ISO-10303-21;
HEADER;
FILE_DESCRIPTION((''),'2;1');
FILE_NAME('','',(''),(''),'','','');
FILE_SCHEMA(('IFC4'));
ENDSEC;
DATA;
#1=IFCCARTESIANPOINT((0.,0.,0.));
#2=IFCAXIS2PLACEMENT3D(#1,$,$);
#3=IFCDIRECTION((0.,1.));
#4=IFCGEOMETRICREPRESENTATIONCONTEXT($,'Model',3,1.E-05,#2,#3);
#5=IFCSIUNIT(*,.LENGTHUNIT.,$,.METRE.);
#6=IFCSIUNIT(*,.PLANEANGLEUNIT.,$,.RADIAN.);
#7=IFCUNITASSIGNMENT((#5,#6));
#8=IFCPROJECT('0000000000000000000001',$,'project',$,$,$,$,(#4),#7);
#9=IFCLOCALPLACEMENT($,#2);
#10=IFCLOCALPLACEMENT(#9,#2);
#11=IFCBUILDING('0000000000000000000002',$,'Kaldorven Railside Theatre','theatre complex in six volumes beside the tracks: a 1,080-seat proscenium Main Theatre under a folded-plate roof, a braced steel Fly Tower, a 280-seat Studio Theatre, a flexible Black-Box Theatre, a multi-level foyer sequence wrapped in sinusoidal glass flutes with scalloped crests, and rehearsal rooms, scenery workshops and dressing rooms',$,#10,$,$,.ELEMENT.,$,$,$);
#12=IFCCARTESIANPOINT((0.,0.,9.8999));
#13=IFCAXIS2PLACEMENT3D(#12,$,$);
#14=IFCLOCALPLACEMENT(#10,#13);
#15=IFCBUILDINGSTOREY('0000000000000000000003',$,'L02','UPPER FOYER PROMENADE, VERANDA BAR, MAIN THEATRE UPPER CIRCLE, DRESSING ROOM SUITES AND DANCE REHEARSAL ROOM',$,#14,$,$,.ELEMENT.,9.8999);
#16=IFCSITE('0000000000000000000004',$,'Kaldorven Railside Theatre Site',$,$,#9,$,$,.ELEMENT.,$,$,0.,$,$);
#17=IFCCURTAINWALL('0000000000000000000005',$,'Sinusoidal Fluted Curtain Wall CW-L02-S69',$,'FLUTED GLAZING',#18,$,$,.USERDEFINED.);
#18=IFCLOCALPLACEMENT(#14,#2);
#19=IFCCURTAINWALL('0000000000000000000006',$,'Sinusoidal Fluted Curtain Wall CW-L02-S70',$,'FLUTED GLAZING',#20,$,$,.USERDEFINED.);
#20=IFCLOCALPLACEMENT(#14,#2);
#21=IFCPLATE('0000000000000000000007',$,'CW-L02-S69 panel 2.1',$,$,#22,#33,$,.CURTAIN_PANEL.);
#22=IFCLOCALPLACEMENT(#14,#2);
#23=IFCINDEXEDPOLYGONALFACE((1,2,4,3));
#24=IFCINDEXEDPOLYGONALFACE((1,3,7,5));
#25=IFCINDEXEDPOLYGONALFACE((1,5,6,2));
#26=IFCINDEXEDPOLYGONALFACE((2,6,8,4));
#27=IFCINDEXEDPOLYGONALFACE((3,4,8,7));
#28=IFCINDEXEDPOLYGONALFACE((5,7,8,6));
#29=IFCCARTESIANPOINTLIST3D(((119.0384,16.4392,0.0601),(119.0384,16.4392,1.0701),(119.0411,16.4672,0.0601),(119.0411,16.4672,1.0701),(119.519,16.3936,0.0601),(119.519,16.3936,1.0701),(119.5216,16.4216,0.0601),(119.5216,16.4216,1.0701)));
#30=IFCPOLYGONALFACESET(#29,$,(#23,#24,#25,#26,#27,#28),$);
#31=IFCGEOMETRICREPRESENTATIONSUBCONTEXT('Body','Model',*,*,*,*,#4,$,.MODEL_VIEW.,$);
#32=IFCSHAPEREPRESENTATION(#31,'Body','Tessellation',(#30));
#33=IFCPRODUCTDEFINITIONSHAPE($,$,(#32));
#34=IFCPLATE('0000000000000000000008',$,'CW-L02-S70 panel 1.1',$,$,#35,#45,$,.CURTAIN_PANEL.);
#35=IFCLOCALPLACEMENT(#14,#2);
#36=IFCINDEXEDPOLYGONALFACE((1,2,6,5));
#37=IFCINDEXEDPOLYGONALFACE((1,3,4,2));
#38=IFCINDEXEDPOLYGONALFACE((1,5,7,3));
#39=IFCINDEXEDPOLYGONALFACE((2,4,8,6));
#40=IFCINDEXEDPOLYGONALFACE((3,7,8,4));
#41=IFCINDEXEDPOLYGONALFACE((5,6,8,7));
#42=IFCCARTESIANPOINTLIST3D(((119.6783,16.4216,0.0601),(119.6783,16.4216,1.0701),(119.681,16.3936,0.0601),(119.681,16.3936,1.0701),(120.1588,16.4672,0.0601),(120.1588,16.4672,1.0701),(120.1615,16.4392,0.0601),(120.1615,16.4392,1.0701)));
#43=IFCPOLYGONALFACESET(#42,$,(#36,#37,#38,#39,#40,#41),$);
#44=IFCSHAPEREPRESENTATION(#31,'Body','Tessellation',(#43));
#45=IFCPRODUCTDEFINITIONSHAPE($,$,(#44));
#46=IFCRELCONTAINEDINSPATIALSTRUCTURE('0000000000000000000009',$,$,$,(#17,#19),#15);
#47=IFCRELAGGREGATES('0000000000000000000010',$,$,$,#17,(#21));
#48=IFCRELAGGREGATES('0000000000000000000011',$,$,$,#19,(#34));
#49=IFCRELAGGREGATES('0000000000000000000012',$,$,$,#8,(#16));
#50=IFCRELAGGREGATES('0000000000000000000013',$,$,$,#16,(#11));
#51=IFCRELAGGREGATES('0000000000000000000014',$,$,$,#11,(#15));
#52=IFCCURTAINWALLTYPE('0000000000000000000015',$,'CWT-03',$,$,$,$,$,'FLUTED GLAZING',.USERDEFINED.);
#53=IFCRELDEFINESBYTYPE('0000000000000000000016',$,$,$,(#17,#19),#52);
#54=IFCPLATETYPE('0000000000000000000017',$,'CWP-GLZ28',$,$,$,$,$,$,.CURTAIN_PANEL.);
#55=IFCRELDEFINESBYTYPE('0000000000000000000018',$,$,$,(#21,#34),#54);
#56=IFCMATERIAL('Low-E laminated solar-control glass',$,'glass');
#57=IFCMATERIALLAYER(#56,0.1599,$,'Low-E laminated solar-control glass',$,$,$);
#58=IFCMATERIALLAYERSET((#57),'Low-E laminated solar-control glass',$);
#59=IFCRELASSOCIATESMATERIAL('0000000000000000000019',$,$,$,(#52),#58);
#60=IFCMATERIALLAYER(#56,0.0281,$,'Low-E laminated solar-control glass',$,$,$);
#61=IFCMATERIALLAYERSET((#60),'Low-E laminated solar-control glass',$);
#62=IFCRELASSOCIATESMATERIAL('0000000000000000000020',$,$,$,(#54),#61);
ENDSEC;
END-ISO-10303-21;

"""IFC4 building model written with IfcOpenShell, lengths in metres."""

from ifc_helpers import new_model, si_unit, direction, frame, origin, origin_2d, place, context, subcontext, project, spatial, rectangle, extrude, material, layer, layer_set, type_object, element, aggregate, save


model = new_model("IFC4")

# Units and contexts
model_context = context("Model", 3, precision=1e-05, world=origin(), true_north=direction((0.0, 1.0)))
body_context = subcontext(model_context, "Body", "Model", "MODEL_VIEW")
ifc_project = project(units=[si_unit("LENGTHUNIT", "METRE"), si_unit("PLANEANGLEUNIT", "RADIAN")], contexts=[model_context])

# Site, building, storey
site_placement = place(None, origin())
site = spatial("IfcSite", under=ifc_project, at=site_placement, Name="Kaldorven Railside Theatre Site", CompositionType="ELEMENT", RefElevation=0.0)
building_placement = place(site_placement, origin())
building = spatial("IfcBuilding", under=site, at=building_placement, Name="Kaldorven Railside Theatre", Description="theatre complex in six volumes beside the tracks: a 1,080-seat proscenium Main Theatre under a folded-plate roof, a braced steel Fly Tower, a 280-seat Studio Theatre, a flexible Black-Box Theatre, a multi-level foyer sequence wrapped in sinusoidal glass flutes with scalloped crests, and rehearsal rooms, scenery workshops and dressing rooms", CompositionType="ELEMENT")
storey_placement = place(building_placement, frame((0.0, 0.0, 9.8999)))
storey = spatial("IfcBuildingStorey", under=building, at=storey_placement, Name="L02", Description="UPPER FOYER PROMENADE, VERANDA BAR, MAIN THEATRE UPPER CIRCLE, DRESSING ROOM SUITES AND DANCE REHEARSAL ROOM", CompositionType="ELEMENT", Elevation=9.8999)

# Curtain walls
ifc_material_1 = material(Name="Low-E laminated solar-control glass", Category="glass")
ifc_layer_1 = layer(ifc_material_1, 0.1599, Name="Low-E laminated solar-control glass")
ifc_layer_set_1 = layer_set([ifc_layer_1], Name="Low-E laminated solar-control glass")
curtain_wall_type_1 = type_object("IfcCurtainWallType", Name="CWT-03", ElementType="FLUTED GLAZING", PredefinedType="USERDEFINED", material=ifc_layer_set_1)
curtain_wall_1_placement = place(storey_placement, origin())
curtain_wall_1 = element("IfcCurtainWall", 1, at=curtain_wall_1_placement, inside=storey, type_object=curtain_wall_type_1, Name="Sinusoidal Fluted Curtain Wall CW-L02-S69", ObjectType="FLUTED GLAZING", PredefinedType="USERDEFINED")
curtain_wall_2_placement = place(storey_placement, origin())
curtain_wall_2 = element("IfcCurtainWall", 2, at=curtain_wall_2_placement, inside=storey, type_object=curtain_wall_type_1, Name="Sinusoidal Fluted Curtain Wall CW-L02-S70", ObjectType="FLUTED GLAZING", PredefinedType="USERDEFINED")

# Plates
ifc_layer_2 = layer(ifc_material_1, 0.0281, Name="Low-E laminated solar-control glass")
ifc_layer_set_2 = layer_set([ifc_layer_2], Name="Low-E laminated solar-control glass")
plate_type = type_object("IfcPlateType", Name="CWP-GLZ28", PredefinedType="CURTAIN_PANEL", material=ifc_layer_set_2)
plate_1_placement = place(storey_placement, frame((119.28, 16.4304, 0.0601), z_axis=(0.0, 0.0, 1.0), x_axis=(0.995526, -0.094492, 0.0)))
plate_1 = element("IfcPlate", 3, at=plate_1_placement, type_object=plate_type, Name="CW-L02-S69 panel 2.1", PredefinedType="CURTAIN_PANEL", context=body_context, shape_type="SweptSolid", body=[
    extrude(rectangle(XDim=0.4827, YDim=0.0281, at=origin_2d()), origin(), (0.0, 0.0, 1.0), 1.01),
])
aggregate(curtain_wall_1, [plate_1])
plate_2_placement = place(storey_placement, frame((119.9199, 16.4304, 0.0601), z_axis=(0.0, 0.0, 1.0), x_axis=(0.995526, 0.094492, 0.0)))
plate_2 = element("IfcPlate", 4, at=plate_2_placement, type_object=plate_type, Name="CW-L02-S70 panel 1.1", PredefinedType="CURTAIN_PANEL", context=body_context, shape_type="SweptSolid", body=[
    extrude(rectangle(XDim=0.4827, YDim=0.0281, at=origin_2d()), origin(), (0.0, 0.0, 1.0), 1.01),
])
aggregate(curtain_wall_2, [plate_2])

save(model, "model.ifc")
